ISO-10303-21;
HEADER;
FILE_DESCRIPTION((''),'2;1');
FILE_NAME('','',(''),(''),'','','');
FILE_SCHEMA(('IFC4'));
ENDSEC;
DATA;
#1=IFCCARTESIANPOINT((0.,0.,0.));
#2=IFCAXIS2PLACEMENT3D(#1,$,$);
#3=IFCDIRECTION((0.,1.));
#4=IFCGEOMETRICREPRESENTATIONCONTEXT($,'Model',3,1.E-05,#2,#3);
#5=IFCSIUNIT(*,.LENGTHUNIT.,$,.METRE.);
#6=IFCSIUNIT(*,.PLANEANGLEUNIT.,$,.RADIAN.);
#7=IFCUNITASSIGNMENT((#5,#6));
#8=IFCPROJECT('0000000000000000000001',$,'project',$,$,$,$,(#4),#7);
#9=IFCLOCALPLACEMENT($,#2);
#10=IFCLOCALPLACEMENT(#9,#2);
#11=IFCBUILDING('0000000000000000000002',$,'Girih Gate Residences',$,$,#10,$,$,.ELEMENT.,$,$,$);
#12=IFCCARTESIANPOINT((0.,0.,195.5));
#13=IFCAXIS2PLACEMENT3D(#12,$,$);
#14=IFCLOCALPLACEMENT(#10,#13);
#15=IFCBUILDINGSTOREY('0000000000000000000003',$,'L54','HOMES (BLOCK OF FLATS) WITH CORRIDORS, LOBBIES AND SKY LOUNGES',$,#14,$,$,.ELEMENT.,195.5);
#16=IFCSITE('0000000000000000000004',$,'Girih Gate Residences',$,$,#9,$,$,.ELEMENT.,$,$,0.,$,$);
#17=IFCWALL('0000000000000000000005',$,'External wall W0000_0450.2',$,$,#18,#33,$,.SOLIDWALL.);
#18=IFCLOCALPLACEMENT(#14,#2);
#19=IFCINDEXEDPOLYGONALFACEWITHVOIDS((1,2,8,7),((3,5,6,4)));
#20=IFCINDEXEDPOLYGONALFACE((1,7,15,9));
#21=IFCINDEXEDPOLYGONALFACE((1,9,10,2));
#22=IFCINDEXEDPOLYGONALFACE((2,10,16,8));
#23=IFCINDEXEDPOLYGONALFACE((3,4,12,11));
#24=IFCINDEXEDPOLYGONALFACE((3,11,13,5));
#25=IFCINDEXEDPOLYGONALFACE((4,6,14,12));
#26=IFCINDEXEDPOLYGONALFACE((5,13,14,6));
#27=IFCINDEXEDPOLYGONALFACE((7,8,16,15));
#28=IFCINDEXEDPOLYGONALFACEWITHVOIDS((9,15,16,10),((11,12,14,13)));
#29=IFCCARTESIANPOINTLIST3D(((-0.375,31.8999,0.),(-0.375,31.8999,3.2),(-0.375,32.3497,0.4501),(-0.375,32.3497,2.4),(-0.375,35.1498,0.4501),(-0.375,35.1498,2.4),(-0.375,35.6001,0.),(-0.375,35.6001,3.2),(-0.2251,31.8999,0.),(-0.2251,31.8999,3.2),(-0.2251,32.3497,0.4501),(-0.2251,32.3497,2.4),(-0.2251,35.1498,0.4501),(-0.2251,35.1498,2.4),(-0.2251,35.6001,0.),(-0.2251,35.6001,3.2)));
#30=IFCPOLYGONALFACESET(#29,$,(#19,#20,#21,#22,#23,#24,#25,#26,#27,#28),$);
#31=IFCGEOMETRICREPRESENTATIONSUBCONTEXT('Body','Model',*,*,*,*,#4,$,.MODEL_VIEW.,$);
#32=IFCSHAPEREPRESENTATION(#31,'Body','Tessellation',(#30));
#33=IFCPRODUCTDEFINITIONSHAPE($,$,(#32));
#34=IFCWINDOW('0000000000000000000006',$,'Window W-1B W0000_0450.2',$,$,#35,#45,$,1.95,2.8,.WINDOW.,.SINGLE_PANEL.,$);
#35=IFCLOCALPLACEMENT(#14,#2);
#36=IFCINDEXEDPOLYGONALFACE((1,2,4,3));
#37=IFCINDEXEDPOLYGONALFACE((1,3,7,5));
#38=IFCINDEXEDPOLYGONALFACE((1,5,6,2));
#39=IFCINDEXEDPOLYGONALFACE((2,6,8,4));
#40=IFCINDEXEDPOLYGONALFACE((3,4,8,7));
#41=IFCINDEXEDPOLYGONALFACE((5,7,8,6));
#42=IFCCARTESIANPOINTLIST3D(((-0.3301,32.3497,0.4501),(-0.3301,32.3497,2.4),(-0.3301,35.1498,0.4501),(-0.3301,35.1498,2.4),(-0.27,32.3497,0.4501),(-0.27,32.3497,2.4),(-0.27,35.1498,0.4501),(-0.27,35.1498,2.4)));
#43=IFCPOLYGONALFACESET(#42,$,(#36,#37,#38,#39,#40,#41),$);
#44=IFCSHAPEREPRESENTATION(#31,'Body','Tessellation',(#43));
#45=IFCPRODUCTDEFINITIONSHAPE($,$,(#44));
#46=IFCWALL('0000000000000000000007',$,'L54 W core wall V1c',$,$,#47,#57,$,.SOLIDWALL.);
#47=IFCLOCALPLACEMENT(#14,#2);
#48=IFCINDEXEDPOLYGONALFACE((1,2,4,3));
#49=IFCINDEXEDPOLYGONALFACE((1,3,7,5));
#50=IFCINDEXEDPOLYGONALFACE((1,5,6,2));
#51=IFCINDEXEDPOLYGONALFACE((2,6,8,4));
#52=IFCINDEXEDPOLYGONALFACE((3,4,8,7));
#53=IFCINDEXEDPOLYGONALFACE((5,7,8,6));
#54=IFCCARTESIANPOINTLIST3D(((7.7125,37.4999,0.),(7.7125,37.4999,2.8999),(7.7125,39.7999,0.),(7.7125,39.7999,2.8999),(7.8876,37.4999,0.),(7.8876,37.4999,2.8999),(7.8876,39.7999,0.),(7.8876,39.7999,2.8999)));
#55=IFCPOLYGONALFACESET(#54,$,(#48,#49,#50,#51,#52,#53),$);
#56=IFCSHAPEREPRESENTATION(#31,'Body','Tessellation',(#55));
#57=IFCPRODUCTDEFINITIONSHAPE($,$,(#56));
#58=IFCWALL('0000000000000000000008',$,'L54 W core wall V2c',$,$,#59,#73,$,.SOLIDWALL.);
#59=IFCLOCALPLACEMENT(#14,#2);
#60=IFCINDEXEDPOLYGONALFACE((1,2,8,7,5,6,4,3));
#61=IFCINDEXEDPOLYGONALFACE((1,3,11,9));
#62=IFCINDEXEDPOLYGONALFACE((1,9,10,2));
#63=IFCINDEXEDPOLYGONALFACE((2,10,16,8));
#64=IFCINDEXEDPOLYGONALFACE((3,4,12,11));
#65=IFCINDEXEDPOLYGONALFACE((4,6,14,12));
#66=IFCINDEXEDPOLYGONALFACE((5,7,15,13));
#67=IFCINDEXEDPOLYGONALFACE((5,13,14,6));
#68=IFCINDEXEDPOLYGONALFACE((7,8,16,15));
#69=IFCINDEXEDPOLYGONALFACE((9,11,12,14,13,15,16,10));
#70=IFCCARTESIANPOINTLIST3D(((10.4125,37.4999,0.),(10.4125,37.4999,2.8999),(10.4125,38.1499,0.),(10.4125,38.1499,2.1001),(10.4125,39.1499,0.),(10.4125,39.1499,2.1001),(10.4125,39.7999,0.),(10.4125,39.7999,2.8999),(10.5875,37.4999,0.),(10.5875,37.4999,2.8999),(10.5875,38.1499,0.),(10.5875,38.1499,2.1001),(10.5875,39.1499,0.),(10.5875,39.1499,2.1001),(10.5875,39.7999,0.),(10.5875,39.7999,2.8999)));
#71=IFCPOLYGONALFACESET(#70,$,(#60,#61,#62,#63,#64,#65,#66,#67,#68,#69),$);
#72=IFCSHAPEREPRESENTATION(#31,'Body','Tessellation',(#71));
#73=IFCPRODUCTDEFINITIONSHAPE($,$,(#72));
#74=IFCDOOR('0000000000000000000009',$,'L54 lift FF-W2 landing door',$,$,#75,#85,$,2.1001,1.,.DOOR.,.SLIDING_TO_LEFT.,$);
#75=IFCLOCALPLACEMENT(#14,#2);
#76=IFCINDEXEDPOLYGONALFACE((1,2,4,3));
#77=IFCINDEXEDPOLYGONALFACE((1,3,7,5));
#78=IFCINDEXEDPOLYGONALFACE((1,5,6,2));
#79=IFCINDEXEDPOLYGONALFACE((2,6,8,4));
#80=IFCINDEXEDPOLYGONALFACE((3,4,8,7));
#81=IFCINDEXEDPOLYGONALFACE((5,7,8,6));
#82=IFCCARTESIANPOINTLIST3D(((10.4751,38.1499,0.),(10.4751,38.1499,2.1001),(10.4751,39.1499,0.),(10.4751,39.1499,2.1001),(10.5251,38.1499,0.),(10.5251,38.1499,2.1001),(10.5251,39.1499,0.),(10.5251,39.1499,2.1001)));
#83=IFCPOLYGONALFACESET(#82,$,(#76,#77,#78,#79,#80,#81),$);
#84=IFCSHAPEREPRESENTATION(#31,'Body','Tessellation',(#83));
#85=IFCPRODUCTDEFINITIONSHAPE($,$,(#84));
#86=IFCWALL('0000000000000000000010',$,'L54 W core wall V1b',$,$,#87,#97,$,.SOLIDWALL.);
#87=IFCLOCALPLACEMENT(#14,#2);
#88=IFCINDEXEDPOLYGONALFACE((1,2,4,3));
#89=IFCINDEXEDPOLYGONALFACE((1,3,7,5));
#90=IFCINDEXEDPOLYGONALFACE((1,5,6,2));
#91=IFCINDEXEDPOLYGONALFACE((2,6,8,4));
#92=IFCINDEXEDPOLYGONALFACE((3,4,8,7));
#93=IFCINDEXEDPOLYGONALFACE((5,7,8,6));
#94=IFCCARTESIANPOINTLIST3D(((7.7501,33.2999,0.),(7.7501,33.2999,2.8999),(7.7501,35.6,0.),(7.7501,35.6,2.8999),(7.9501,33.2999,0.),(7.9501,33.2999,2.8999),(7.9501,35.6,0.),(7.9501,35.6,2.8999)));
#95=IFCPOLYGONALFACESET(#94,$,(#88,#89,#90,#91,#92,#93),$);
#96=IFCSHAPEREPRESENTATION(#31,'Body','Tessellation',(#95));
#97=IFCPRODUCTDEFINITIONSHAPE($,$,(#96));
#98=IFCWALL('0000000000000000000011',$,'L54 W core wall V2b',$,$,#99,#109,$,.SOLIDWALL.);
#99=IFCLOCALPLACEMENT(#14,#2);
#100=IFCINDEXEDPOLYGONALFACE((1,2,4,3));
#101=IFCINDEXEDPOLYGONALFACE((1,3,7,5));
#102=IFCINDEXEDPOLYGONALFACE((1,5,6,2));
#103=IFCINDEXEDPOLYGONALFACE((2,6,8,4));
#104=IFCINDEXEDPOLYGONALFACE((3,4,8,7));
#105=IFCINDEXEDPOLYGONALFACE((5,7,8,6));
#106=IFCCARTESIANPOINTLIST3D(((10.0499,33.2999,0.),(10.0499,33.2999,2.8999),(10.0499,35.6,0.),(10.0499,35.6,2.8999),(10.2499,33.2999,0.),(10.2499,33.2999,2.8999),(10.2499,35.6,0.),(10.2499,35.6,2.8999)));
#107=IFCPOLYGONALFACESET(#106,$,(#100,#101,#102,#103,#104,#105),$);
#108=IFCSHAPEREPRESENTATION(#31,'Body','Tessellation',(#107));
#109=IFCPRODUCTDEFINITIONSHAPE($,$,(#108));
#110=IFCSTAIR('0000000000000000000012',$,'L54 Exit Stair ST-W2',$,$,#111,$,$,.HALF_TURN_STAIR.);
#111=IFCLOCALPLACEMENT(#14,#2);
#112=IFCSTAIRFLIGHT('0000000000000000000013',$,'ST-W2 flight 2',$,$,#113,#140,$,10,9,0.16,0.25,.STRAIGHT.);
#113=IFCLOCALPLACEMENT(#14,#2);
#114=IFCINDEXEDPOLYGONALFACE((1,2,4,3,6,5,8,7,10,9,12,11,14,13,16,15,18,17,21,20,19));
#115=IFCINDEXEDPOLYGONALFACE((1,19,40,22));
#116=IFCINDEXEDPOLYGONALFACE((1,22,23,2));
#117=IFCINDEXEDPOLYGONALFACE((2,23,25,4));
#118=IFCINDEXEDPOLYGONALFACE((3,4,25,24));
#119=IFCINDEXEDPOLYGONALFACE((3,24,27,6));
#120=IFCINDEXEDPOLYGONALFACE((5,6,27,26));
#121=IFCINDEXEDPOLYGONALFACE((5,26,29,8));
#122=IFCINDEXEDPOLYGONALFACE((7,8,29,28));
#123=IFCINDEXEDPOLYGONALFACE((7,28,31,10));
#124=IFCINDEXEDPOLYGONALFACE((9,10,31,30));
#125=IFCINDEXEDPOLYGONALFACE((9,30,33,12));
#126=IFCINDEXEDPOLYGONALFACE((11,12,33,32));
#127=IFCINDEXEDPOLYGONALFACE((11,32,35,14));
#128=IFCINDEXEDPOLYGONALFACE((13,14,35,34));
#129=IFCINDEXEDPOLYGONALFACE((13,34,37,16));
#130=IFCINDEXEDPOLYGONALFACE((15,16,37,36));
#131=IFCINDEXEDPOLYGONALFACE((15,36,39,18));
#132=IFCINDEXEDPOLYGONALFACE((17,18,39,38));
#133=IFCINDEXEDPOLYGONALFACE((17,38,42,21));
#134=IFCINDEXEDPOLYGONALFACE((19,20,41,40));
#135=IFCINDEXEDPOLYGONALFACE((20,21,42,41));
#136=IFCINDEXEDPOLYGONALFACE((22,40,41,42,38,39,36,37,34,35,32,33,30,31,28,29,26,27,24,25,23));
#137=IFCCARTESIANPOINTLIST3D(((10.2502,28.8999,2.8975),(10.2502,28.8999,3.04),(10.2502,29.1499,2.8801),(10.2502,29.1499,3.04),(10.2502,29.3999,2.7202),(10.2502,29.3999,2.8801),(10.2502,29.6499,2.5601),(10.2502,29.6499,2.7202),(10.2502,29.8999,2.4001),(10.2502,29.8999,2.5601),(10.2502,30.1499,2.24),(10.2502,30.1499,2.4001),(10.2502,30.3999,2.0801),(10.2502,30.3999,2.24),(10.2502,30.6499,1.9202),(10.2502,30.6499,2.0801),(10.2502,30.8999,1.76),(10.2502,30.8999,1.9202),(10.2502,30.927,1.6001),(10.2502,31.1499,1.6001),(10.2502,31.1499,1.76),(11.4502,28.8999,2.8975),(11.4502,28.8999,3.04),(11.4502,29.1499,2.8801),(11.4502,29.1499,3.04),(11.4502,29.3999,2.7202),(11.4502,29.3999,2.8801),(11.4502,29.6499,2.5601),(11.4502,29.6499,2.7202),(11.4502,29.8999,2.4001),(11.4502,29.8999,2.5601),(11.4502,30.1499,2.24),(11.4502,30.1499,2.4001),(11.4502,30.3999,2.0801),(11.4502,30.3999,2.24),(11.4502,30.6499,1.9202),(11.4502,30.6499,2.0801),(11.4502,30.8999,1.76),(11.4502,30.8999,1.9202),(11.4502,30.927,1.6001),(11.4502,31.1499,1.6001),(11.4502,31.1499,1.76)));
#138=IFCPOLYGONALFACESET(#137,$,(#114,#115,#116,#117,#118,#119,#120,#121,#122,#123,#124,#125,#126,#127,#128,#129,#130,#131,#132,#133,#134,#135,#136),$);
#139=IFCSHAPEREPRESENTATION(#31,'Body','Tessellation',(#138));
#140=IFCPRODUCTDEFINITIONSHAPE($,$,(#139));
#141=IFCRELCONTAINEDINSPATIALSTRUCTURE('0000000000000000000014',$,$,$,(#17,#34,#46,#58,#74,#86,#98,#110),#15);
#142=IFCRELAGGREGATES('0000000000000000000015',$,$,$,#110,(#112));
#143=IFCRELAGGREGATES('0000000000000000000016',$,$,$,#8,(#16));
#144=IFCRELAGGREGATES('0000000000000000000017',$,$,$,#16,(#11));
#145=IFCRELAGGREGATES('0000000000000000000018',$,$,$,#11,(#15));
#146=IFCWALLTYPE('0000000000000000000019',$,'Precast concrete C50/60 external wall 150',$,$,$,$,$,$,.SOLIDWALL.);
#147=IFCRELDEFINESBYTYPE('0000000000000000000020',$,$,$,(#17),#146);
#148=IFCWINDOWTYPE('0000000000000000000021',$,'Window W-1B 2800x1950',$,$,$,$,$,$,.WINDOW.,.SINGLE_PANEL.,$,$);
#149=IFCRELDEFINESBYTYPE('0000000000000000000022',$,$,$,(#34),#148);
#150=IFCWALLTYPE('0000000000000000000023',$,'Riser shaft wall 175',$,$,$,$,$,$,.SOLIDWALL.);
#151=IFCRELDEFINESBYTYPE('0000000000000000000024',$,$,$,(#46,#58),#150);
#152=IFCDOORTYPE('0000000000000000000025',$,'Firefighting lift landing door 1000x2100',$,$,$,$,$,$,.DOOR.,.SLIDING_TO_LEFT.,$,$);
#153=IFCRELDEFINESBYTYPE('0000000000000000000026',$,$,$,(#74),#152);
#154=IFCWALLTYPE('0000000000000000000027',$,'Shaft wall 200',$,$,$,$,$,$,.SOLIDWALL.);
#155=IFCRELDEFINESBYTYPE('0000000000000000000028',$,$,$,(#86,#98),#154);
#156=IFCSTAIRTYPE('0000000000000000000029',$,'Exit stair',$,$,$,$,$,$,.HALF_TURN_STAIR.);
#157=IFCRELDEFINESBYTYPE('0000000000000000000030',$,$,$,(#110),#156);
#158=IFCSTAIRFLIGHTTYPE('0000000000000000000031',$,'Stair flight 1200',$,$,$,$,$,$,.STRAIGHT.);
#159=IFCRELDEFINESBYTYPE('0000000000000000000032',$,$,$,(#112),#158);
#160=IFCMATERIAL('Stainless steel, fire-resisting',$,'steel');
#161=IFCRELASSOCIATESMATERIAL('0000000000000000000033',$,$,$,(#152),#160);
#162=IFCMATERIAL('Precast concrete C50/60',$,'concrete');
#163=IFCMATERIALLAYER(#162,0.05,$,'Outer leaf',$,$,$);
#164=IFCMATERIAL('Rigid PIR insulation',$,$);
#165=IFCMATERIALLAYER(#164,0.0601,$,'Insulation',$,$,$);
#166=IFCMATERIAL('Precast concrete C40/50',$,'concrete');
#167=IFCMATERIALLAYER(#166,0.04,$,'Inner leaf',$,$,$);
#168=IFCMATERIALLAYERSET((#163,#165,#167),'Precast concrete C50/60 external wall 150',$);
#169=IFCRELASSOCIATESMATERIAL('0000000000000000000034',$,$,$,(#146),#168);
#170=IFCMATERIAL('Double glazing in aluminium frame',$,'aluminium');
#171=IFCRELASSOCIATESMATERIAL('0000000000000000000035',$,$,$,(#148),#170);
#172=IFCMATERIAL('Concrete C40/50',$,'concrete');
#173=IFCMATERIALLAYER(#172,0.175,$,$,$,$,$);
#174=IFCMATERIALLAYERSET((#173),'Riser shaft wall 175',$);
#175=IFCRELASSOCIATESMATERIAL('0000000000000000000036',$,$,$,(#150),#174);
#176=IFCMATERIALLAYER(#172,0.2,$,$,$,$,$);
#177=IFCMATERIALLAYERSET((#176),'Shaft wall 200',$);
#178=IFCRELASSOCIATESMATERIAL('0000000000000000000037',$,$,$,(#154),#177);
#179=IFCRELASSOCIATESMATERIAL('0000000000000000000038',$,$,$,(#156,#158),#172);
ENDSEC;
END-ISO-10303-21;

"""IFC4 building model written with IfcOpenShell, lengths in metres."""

from ifc_helpers import new_model, si_unit, direction, frame, frame_2d, origin, place, context, subcontext, project, spatial, polyline, rectangle, outline, extrude, material, layer, layer_set, type_object, element, fill, aggregate, save


model = new_model("IFC4")

# Units and contexts
model_context = context("Model", 3, precision=1e-05, world=origin(), true_north=direction((0.0, 1.0)))
body_context = subcontext(model_context, "Body", "Model", "MODEL_VIEW")
ifc_project = project(units=[si_unit("LENGTHUNIT", "METRE"), si_unit("PLANEANGLEUNIT", "RADIAN")], contexts=[model_context])

# Site, building, storey
site_placement = place(None, origin())
site = spatial("IfcSite", under=ifc_project, at=site_placement, Name="Girih Gate Residences", CompositionType="ELEMENT", RefElevation=0.0)
building_placement = place(site_placement, origin())
building = spatial("IfcBuilding", under=site, at=building_placement, Name="Girih Gate Residences", CompositionType="ELEMENT")
storey_placement = place(building_placement, frame((0.0, 0.0, 195.5)))
storey = spatial("IfcBuildingStorey", under=building, at=storey_placement, Name="L54", Description="HOMES (BLOCK OF FLATS) WITH CORRIDORS, LOBBIES AND SKY LOUNGES", CompositionType="ELEMENT", Elevation=195.5)

# Shared definitions
ifc_material_1 = material(Name="Concrete C40/50", Category="concrete")
ifc_material_2 = material(Name="Stainless steel, fire-resisting", Category="steel")
door_type_1 = type_object("IfcDoorType", Name="Firefighting lift landing door 1000x2100", OperationType="SLIDING_TO_LEFT", PredefinedType="DOOR", material=ifc_material_2)

# Wall, opening, window
ifc_material_3 = material(Name="Precast concrete C50/60", Category="concrete")
ifc_layer_1 = layer(ifc_material_3, 0.05, Name="Outer leaf")
ifc_material_4 = material(Name="Rigid PIR insulation")
ifc_layer_2 = layer(ifc_material_4, 0.0601, Name="Insulation")
ifc_material_5 = material(Name="Precast concrete C40/50", Category="concrete")
ifc_layer_3 = layer(ifc_material_5, 0.04, Name="Inner leaf")
ifc_layer_set_1 = layer_set([ifc_layer_1, ifc_layer_2, ifc_layer_3], Name="Precast concrete C50/60 external wall 150")
wall_type_1 = type_object("IfcWallType", Name="Precast concrete C50/60 external wall 150", PredefinedType="SOLIDWALL", material=ifc_layer_set_1)
ifc_material_6 = material(Name="Double glazing in aluminium frame", Category="aluminium")
window_type = type_object("IfcWindowType", Name="Window W-1B 2800x1950", PartitioningType="SINGLE_PANEL", PredefinedType="WINDOW", material=ifc_material_6)
wall_1_placement = place(storey_placement, frame((-0.3, 31.8999, 0.0), z_axis=(0.0, 0.0, 1.0), x_axis=(0.0, 1.0, 0.0)))
wall_1 = element("IfcWall", 1, at=wall_1_placement, inside=storey, type_object=wall_type_1, Name="External wall W0000_0450.2", PredefinedType="SOLIDWALL", context=body_context, shape_type="SweptSolid", body=[
    extrude(rectangle(XDim=3.7002, YDim=0.1499, at=frame_2d((1.8501, 0.0))), origin(), (0.0, 0.0, 1.0), 3.2),
])
opening_1_placement = place(wall_1_placement, frame((0.45, 0.0, 0.45)))
opening_1 = element("IfcOpeningElement", 2, at=opening_1_placement, cuts=wall_1, PredefinedType="OPENING", context=body_context, shape_type="SweptSolid", body=[
    extrude(rectangle(XDim=2.8, YDim=1.95, at=frame_2d((1.3999, 0.9751))), frame((0.0, 0.085, 0.0), z_axis=(0.0, -1.0, 0.0), x_axis=(1.0, 0.0, 0.0)), (0.0, 0.0, 1.0), 0.1699),
])
window_1_placement = place(opening_1_placement, origin())
window_1 = element("IfcWindow", 3, at=window_1_placement, inside=storey, type_object=window_type, Name="Window W-1B W0000_0450.2", OverallHeight=1.95, OverallWidth=2.8, PartitioningType="SINGLE_PANEL", PredefinedType="WINDOW", context=body_context, shape_type="SweptSolid", body=[
    extrude(rectangle(XDim=2.8, YDim=1.95, at=frame_2d((1.3999, 0.9751))), frame((0.0, 0.03, 0.0), z_axis=(0.0, -1.0, 0.0), x_axis=(1.0, 0.0, 0.0)), (0.0, 0.0, 1.0), 0.0601),
])
fill(opening_1, window_1)

# Wall
ifc_layer_4 = layer(ifc_material_1, 0.175)
ifc_layer_set_2 = layer_set([ifc_layer_4], Name="Riser shaft wall 175")
wall_type_2 = type_object("IfcWallType", Name="Riser shaft wall 175", PredefinedType="SOLIDWALL", material=ifc_layer_set_2)
wall_2_placement = place(storey_placement, frame((7.8, 37.5, 0.0), z_axis=(0.0, 0.0, 1.0), x_axis=(0.0, 1.0, 0.0)))
element("IfcWall", 4, at=wall_2_placement, inside=storey, type_object=wall_type_2, Name="L54 W core wall V1c", PredefinedType="SOLIDWALL", context=body_context, shape_type="SweptSolid", body=[
    extrude(rectangle(XDim=2.3, YDim=0.175, at=frame_2d((1.1499, 0.0))), origin(), (0.0, 0.0, 1.0), 2.8999),
])

# Wall, opening, door
wall_3_placement = place(storey_placement, frame((10.5, 37.5, 0.0), z_axis=(0.0, 0.0, 1.0), x_axis=(0.0, 1.0, 0.0)))
wall_3 = element("IfcWall", 5, at=wall_3_placement, inside=storey, type_object=wall_type_2, Name="L54 W core wall V2c", PredefinedType="SOLIDWALL", context=body_context, shape_type="SweptSolid", body=[
    extrude(rectangle(XDim=2.3, YDim=0.175, at=frame_2d((1.1499, 0.0))), origin(), (0.0, 0.0, 1.0), 2.8999),
])
opening_2_placement = place(wall_3_placement, frame((0.6499, 0.0, 0.0)))
opening_2 = element("IfcOpeningElement", 6, at=opening_2_placement, cuts=wall_3, PredefinedType="OPENING", context=body_context, shape_type="SweptSolid", body=[
    extrude(rectangle(XDim=1.0, YDim=2.1001, at=frame_2d((0.5, 1.05))), frame((0.0, 0.0974, 0.0), z_axis=(0.0, -1.0, 0.0), x_axis=(1.0, 0.0, 0.0)), (0.0, 0.0, 1.0), 0.1951),
])
door_1_placement = place(opening_2_placement, origin())
door_1 = element("IfcDoor", 7, at=door_1_placement, inside=storey, type_object=door_type_1, Name="L54 lift FF-W2 landing door", OperationType="SLIDING_TO_LEFT", OverallHeight=2.1001, OverallWidth=1.0, PredefinedType="DOOR", context=body_context, shape_type="SweptSolid", body=[
    extrude(rectangle(XDim=1.0, YDim=2.1001, at=frame_2d((0.5, 1.05))), frame((0.0, 0.0249, 0.0), z_axis=(0.0, -1.0, 0.0), x_axis=(1.0, 0.0, 0.0)), (0.0, 0.0, 1.0), 0.05),
])
fill(opening_2, door_1)

# Walls
ifc_layer_5 = layer(ifc_material_1, 0.2)
ifc_layer_set_3 = layer_set([ifc_layer_5], Name="Shaft wall 200")
wall_type_3 = type_object("IfcWallType", Name="Shaft wall 200", PredefinedType="SOLIDWALL", material=ifc_layer_set_3)
for number, where, z_axis, x_axis, name in (
    (8, (7.8501, 33.3, 0.0), (0.0, 0.0, 1.0), (0.0, 1.0, 0.0), "L54 W core wall V1b"),
    (9, (10.1499, 33.3, 0.0), (0.0, 0.0, 1.0), (0.0, 1.0, 0.0), "L54 W core wall V2b"),
):
    element("IfcWall", number, at=place(storey_placement, frame(where, z_axis=z_axis, x_axis=x_axis)), inside=storey, type_object=wall_type_3, Name=name, PredefinedType="SOLIDWALL", context=body_context, shape_type="SweptSolid", body=[
        extrude(rectangle(XDim=2.3, YDim=0.2, at=frame_2d((1.1499, 0.0))), origin(), (0.0, 0.0, 1.0), 2.8999),
    ])

# Stair, stair flight
stair_type = type_object("IfcStairType", Name="Exit stair", PredefinedType="HALF_TURN_STAIR", material=ifc_material_1)
stair_placement = place(storey_placement, origin())
stair = element("IfcStair", 10, at=stair_placement, inside=storey, type_object=stair_type, Name="L54 Exit Stair ST-W2", PredefinedType="HALF_TURN_STAIR")
stair_flight_type = type_object("IfcStairFlightType", Name="Stair flight 1200", PredefinedType="STRAIGHT", material=ifc_material_1)
stair_flight_placement = place(storey_placement, frame((10.8501, 31.1499, 1.6001), z_axis=(0.0, 0.0, 1.0), x_axis=(0.0, -1.0, 0.0)))
stair_flight = element("IfcStairFlight", 11, at=stair_flight_placement, type_object=stair_flight_type, Name="ST-W2 flight 2", NumberOfRisers=10, NumberOfTreads=9, PredefinedType="STRAIGHT", RiserHeight=0.16, TreadLength=0.25, context=body_context, shape_type="SweptSolid", body=[
    extrude(outline(polyline([(0.0, 0.0), (0.0, 0.1599), (0.25, 0.1599), (0.25, 0.3201), (0.5, 0.3201), (0.5, 0.48), (0.75, 0.48), (0.75, 0.6399), (1.0, 0.6399), (1.0, 0.8), (1.25, 0.8), (1.25, 0.96), (1.5, 0.96), (1.5, 1.1201), (1.75, 1.1201), (1.75, 1.28), (2.0, 1.28), (2.0, 1.4399), (2.25, 1.4399), (2.25, 1.6001), (2.25, 1.2974), (0.2229, 0.0), (0.0, 0.0)])), frame((0.0, 0.6001, 0.0), z_axis=(0.0, -1.0, 0.0), x_axis=(1.0, 0.0, 0.0)), (0.0, 0.0, 1.0), 1.2),
])
aggregate(stair, [stair_flight])

save(model, "model.ifc")
